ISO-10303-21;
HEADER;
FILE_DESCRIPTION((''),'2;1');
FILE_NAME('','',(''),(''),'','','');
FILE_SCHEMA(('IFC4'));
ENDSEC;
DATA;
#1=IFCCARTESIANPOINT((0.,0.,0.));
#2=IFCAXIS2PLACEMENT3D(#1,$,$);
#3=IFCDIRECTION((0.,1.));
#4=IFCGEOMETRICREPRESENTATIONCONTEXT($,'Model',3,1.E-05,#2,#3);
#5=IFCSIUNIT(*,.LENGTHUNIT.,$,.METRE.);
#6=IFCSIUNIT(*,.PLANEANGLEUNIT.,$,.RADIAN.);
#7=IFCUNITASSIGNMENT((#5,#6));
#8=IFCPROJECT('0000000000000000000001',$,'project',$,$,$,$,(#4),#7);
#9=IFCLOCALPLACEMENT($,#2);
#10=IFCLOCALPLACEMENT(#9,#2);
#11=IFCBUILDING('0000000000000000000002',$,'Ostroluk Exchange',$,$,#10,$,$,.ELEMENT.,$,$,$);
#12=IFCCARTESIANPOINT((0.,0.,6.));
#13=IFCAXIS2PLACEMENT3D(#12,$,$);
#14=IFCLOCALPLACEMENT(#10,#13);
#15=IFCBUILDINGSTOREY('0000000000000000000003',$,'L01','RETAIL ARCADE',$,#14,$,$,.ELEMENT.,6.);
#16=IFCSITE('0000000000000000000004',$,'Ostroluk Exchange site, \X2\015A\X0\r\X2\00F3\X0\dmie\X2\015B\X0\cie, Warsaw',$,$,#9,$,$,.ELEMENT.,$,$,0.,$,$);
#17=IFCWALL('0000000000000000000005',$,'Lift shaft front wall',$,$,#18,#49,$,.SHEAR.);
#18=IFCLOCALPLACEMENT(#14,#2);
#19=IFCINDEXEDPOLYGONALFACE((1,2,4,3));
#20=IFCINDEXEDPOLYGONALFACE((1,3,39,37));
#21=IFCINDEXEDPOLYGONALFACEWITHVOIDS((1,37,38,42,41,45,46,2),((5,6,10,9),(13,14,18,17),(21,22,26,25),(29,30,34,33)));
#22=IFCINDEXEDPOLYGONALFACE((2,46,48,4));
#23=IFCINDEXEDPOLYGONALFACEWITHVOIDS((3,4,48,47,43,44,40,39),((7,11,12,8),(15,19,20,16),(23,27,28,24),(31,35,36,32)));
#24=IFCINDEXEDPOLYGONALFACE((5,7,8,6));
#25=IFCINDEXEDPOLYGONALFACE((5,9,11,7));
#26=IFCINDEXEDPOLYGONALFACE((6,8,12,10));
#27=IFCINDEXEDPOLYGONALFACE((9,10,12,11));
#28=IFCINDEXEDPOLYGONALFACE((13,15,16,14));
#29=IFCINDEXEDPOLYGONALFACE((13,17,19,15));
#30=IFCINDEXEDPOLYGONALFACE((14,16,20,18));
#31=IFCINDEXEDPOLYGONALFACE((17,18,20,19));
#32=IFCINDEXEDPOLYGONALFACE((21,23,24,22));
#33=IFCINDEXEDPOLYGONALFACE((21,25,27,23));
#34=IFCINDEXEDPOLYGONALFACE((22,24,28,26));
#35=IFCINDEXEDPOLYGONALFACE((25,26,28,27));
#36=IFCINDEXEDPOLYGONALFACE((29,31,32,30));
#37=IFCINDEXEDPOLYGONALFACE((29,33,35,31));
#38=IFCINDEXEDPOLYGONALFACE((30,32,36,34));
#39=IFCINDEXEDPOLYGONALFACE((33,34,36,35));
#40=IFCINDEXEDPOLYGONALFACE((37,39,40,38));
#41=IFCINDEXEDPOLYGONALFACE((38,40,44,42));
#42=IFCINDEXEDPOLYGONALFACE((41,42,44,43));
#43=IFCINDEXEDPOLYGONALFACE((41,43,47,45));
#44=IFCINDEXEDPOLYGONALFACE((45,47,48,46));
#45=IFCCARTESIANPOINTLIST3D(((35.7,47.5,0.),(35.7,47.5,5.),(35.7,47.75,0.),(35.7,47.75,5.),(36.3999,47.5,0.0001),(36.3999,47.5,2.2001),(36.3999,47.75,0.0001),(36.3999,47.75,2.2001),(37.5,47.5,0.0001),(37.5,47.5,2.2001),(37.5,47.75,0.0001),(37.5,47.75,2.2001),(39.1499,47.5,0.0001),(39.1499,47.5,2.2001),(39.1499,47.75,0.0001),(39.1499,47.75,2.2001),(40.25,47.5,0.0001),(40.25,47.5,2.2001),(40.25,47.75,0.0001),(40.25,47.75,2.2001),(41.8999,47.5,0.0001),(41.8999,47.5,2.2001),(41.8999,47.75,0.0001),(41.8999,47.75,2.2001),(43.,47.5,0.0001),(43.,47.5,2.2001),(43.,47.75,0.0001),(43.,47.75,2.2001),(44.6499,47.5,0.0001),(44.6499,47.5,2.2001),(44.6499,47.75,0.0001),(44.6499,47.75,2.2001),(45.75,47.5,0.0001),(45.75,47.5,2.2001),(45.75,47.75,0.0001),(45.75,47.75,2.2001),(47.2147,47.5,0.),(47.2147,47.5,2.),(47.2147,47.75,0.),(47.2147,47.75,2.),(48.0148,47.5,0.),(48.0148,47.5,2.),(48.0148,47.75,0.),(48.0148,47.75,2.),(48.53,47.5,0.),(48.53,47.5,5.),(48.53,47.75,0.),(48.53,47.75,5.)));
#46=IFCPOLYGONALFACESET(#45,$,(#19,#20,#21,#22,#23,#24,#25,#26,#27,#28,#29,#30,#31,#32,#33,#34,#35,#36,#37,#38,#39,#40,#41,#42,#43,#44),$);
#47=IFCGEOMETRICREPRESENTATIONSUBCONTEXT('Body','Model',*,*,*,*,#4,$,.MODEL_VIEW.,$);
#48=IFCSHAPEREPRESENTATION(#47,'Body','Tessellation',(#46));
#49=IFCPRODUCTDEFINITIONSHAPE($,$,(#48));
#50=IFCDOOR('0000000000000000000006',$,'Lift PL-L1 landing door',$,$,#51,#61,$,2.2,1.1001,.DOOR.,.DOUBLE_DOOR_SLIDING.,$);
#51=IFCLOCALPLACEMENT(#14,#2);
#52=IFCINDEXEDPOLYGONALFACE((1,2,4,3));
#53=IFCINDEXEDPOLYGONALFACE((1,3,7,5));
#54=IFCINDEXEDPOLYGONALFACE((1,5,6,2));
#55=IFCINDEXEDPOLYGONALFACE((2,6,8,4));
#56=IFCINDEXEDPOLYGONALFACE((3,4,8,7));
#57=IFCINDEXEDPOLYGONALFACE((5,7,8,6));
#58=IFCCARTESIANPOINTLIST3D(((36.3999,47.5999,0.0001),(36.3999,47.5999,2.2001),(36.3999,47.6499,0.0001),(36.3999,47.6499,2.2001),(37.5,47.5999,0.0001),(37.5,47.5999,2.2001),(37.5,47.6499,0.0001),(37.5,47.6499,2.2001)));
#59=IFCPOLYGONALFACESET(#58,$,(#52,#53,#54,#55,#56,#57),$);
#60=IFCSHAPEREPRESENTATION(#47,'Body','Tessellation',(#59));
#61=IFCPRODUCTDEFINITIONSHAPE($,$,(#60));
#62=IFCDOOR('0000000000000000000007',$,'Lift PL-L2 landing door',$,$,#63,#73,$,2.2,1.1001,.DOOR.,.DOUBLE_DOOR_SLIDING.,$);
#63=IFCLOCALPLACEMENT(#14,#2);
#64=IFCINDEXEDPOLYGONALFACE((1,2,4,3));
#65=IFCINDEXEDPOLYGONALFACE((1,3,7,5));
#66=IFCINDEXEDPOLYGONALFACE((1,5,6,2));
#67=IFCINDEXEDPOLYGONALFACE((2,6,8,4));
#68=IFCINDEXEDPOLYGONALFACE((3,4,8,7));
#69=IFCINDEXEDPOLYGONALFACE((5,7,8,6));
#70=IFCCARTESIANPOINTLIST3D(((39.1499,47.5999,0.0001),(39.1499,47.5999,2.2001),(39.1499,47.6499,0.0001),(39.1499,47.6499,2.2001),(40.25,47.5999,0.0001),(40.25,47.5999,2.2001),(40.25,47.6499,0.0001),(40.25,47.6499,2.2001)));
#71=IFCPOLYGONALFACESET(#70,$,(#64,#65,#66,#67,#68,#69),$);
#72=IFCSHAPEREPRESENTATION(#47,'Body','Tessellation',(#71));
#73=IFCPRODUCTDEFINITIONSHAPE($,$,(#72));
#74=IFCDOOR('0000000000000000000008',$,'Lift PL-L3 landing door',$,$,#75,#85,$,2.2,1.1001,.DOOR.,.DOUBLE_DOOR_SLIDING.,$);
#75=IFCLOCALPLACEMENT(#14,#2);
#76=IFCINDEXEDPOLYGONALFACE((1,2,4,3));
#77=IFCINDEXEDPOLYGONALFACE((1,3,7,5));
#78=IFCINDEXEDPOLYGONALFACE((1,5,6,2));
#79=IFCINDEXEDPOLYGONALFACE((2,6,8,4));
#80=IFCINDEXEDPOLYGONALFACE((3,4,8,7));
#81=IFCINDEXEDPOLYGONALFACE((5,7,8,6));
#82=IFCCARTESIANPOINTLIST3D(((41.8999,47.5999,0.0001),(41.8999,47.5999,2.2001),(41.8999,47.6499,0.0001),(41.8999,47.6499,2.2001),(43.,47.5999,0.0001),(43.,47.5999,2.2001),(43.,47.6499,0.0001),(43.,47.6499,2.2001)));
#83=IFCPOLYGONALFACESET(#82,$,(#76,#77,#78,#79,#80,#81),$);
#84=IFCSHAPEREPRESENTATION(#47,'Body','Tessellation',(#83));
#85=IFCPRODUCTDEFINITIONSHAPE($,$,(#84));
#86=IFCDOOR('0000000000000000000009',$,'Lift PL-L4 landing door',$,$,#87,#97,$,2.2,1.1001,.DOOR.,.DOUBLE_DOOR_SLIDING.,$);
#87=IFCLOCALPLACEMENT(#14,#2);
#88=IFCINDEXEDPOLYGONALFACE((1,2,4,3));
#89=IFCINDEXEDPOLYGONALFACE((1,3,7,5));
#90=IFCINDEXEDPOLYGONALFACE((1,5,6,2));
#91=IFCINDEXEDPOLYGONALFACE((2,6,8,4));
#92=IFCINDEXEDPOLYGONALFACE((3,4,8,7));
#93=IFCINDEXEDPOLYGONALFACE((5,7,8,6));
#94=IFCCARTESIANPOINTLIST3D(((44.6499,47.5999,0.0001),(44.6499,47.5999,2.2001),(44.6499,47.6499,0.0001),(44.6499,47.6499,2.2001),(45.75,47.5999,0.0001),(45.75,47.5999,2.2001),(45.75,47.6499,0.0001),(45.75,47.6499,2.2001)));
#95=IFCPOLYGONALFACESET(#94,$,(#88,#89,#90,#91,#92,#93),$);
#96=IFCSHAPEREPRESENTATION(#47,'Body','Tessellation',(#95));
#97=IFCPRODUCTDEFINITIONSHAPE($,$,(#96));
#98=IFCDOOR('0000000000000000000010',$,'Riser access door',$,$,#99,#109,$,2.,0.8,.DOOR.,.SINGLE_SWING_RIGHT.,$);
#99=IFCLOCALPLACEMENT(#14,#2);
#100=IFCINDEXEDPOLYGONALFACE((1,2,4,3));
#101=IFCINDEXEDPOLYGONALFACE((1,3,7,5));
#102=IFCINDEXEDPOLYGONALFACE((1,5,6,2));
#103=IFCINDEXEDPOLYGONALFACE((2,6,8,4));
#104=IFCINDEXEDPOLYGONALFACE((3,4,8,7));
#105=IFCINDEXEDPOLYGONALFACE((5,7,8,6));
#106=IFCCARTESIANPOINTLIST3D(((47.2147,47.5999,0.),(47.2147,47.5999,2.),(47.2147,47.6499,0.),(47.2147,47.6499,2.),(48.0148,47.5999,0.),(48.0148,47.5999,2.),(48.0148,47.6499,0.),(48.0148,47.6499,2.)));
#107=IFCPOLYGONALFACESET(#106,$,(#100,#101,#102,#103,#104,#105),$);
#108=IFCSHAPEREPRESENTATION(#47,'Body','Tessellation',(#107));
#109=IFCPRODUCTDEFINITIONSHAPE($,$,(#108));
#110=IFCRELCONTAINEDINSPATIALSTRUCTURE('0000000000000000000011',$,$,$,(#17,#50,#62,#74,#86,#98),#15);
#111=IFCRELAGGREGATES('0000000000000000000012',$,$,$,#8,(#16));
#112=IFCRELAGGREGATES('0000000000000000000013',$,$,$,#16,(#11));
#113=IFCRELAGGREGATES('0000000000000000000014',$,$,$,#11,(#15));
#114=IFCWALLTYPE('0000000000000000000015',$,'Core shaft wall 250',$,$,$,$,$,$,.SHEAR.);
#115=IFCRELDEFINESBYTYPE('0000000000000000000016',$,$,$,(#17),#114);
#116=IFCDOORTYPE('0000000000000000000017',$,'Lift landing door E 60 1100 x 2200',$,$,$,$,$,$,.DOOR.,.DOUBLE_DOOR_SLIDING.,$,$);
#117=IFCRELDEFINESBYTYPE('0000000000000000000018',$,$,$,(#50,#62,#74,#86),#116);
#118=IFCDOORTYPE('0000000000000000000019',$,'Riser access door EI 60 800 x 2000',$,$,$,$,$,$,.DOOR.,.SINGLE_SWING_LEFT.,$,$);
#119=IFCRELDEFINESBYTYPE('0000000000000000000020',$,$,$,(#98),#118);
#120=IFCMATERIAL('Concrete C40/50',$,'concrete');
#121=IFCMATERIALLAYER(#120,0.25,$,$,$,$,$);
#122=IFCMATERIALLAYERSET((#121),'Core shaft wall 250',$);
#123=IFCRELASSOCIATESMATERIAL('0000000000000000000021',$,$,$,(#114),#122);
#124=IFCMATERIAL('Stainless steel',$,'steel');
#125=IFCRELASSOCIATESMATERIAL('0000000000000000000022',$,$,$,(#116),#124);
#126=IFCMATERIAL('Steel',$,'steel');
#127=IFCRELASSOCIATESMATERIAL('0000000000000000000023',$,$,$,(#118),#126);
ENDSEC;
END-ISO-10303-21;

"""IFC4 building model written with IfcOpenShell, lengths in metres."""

from ifc_helpers import new_model, si_unit, direction, frame, frame_2d, origin, place, context, subcontext, project, spatial, rectangle, extrude, material, layer, layer_set, type_object, element, fill, save


model = new_model("IFC4")

# Units and contexts
model_context = context("Model", 3, precision=1e-05, world=origin(), true_north=direction((0.0, 1.0)))
body_context = subcontext(model_context, "Body", "Model", "MODEL_VIEW")
ifc_project = project(units=[si_unit("LENGTHUNIT", "METRE"), si_unit("PLANEANGLEUNIT", "RADIAN")], contexts=[model_context])

# Site, building, storey
site_placement = place(None, origin())
site = spatial("IfcSite", under=ifc_project, at=site_placement, Name="Ostroluk Exchange site, Śródmieście, Warsaw", CompositionType="ELEMENT", RefElevation=0.0)
building_placement = place(site_placement, origin())
building = spatial("IfcBuilding", under=site, at=building_placement, Name="Ostroluk Exchange", CompositionType="ELEMENT")
storey_placement = place(building_placement, frame((0.0, 0.0, 6.0)))
storey = spatial("IfcBuildingStorey", under=building, at=storey_placement, Name="L01", Description="RETAIL ARCADE", CompositionType="ELEMENT", Elevation=6.0)

# Shared definitions
ifc_material_1 = material(Name="Concrete C40/50", Category="concrete")
ifc_layer_1 = layer(ifc_material_1, 0.25)
ifc_layer_set_1 = layer_set([ifc_layer_1], Name="Core shaft wall 250")
wall_type_1 = type_object("IfcWallType", Name="Core shaft wall 250", PredefinedType="SHEAR", material=ifc_layer_set_1)

# Wall, openings, doors
wall_1_placement = place(storey_placement, frame((35.7, 47.625, 0.0), z_axis=(0.0, 0.0, 1.0), x_axis=(1.0, 0.0, 0.0)))
wall_1 = element("IfcWall", 1, at=wall_1_placement, inside=storey, type_object=wall_type_1, Name="Lift shaft front wall", PredefinedType="SHEAR", context=body_context, shape_type="SweptSolid", body=[
    extrude(rectangle(XDim=12.8301, YDim=0.25, at=frame_2d((6.415, 0.0))), origin(), (0.0, 0.0, 1.0), 5.0),
])
opening_1_placement = place(wall_1_placement, frame((0.7, 0.0, 0.0)))
opening_1 = element("IfcOpeningElement", 2, at=opening_1_placement, cuts=wall_1, PredefinedType="OPENING", context=body_context, shape_type="SweptSolid", body=[
    extrude(rectangle(XDim=1.1001, YDim=2.2, at=frame_2d((0.55, 1.1001))), frame((0.0, 0.135, 0.0), z_axis=(0.0, -1.0, 0.0), x_axis=(1.0, 0.0, 0.0)), (0.0, 0.0, 1.0), 0.27),
])
opening_2_placement = place(wall_1_placement, frame((3.45, 0.0, 0.0)))
opening_2 = element("IfcOpeningElement", 3, at=opening_2_placement, cuts=wall_1, PredefinedType="OPENING", context=body_context, shape_type="SweptSolid", body=[
    extrude(rectangle(XDim=1.1001, YDim=2.2, at=frame_2d((0.55, 1.1001))), frame((0.0, 0.135, 0.0), z_axis=(0.0, -1.0, 0.0), x_axis=(1.0, 0.0, 0.0)), (0.0, 0.0, 1.0), 0.27),
])
opening_3_placement = place(wall_1_placement, frame((6.2, 0.0, 0.0)))
opening_3 = element("IfcOpeningElement", 4, at=opening_3_placement, cuts=wall_1, PredefinedType="OPENING", context=body_context, shape_type="SweptSolid", body=[
    extrude(rectangle(XDim=1.1001, YDim=2.2, at=frame_2d((0.55, 1.1001))), frame((0.0, 0.135, 0.0), z_axis=(0.0, -1.0, 0.0), x_axis=(1.0, 0.0, 0.0)), (0.0, 0.0, 1.0), 0.27),
])
opening_4_placement = place(wall_1_placement, frame((8.95, 0.0, 0.0)))
opening_4 = element("IfcOpeningElement", 5, at=opening_4_placement, cuts=wall_1, PredefinedType="OPENING", context=body_context, shape_type="SweptSolid", body=[
    extrude(rectangle(XDim=1.1001, YDim=2.2, at=frame_2d((0.55, 1.1001))), frame((0.0, 0.135, 0.0), z_axis=(0.0, -1.0, 0.0), x_axis=(1.0, 0.0, 0.0)), (0.0, 0.0, 1.0), 0.27),
])
opening_5_placement = place(wall_1_placement, frame((11.5149, 0.0, 0.0)))
opening_5 = element("IfcOpeningElement", 6, at=opening_5_placement, cuts=wall_1, PredefinedType="OPENING", context=body_context, shape_type="SweptSolid", body=[
    extrude(rectangle(XDim=0.8, YDim=2.0, at=frame_2d((0.3999, 1.0))), frame((0.0, 0.135, 0.0), z_axis=(0.0, -1.0, 0.0), x_axis=(1.0, 0.0, 0.0)), (0.0, 0.0, 1.0), 0.27),
])
ifc_material_2 = material(Name="Stainless steel", Category="steel")
door_type_1 = type_object("IfcDoorType", Name="Lift landing door E 60 1100 x 2200", OperationType="DOUBLE_DOOR_SLIDING", PredefinedType="DOOR", material=ifc_material_2)
door_1_placement = place(opening_1_placement, origin())
door_1 = element("IfcDoor", 7, at=door_1_placement, inside=storey, type_object=door_type_1, Name="Lift PL-L1 landing door", OperationType="DOUBLE_DOOR_SLIDING", OverallHeight=2.2, OverallWidth=1.1001, PredefinedType="DOOR", context=body_context, shape_type="SweptSolid", body=[
    extrude(rectangle(XDim=1.1001, YDim=2.2, at=frame_2d((0.55, 1.1001))), frame((0.0, 0.0249, 0.0), z_axis=(0.0, -1.0, 0.0), x_axis=(1.0, 0.0, 0.0)), (0.0, 0.0, 1.0), 0.05),
])
fill(opening_1, door_1)
door_2_placement = place(opening_2_placement, origin())
door_2 = element("IfcDoor", 8, at=door_2_placement, inside=storey, type_object=door_type_1, Name="Lift PL-L2 landing door", OperationType="DOUBLE_DOOR_SLIDING", OverallHeight=2.2, OverallWidth=1.1001, PredefinedType="DOOR", context=body_context, shape_type="SweptSolid", body=[
    extrude(rectangle(XDim=1.1001, YDim=2.2, at=frame_2d((0.55, 1.1001))), frame((0.0, 0.0249, 0.0), z_axis=(0.0, -1.0, 0.0), x_axis=(1.0, 0.0, 0.0)), (0.0, 0.0, 1.0), 0.05),
])
fill(opening_2, door_2)
door_3_placement = place(opening_3_placement, origin())
door_3 = element("IfcDoor", 9, at=door_3_placement, inside=storey, type_object=door_type_1, Name="Lift PL-L3 landing door", OperationType="DOUBLE_DOOR_SLIDING", OverallHeight=2.2, OverallWidth=1.1001, PredefinedType="DOOR", context=body_context, shape_type="SweptSolid", body=[
    extrude(rectangle(XDim=1.1001, YDim=2.2, at=frame_2d((0.55, 1.1001))), frame((0.0, 0.0249, 0.0), z_axis=(0.0, -1.0, 0.0), x_axis=(1.0, 0.0, 0.0)), (0.0, 0.0, 1.0), 0.05),
])
fill(opening_3, door_3)
door_4_placement = place(opening_4_placement, origin())
door_4 = element("IfcDoor", 10, at=door_4_placement, inside=storey, type_object=door_type_1, Name="Lift PL-L4 landing door", OperationType="DOUBLE_DOOR_SLIDING", OverallHeight=2.2, OverallWidth=1.1001, PredefinedType="DOOR", context=body_context, shape_type="SweptSolid", body=[
    extrude(rectangle(XDim=1.1001, YDim=2.2, at=frame_2d((0.55, 1.1001))), frame((0.0, 0.0249, 0.0), z_axis=(0.0, -1.0, 0.0), x_axis=(1.0, 0.0, 0.0)), (0.0, 0.0, 1.0), 0.05),
])
fill(opening_4, door_4)
ifc_material_3 = material(Name="Steel", Category="steel")
door_type_2 = type_object("IfcDoorType", Name="Riser access door EI 60 800 x 2000", OperationType="SINGLE_SWING_LEFT", PredefinedType="DOOR", material=ifc_material_3)
door_5_placement = place(opening_5_placement, origin())
door_5 = element("IfcDoor", 11, at=door_5_placement, inside=storey, type_object=door_type_2, Name="Riser access door", OperationType="SINGLE_SWING_RIGHT", OverallHeight=2.0, OverallWidth=0.8, PredefinedType="DOOR", context=body_context, shape_type="SweptSolid", body=[
    extrude(rectangle(XDim=0.8, YDim=2.0, at=frame_2d((0.3999, 1.0))), frame((0.0, 0.0249, 0.0), z_axis=(0.0, -1.0, 0.0), x_axis=(1.0, 0.0, 0.0)), (0.0, 0.0, 1.0), 0.05),
])
fill(opening_5, door_5)

save(model, "model.ifc")
